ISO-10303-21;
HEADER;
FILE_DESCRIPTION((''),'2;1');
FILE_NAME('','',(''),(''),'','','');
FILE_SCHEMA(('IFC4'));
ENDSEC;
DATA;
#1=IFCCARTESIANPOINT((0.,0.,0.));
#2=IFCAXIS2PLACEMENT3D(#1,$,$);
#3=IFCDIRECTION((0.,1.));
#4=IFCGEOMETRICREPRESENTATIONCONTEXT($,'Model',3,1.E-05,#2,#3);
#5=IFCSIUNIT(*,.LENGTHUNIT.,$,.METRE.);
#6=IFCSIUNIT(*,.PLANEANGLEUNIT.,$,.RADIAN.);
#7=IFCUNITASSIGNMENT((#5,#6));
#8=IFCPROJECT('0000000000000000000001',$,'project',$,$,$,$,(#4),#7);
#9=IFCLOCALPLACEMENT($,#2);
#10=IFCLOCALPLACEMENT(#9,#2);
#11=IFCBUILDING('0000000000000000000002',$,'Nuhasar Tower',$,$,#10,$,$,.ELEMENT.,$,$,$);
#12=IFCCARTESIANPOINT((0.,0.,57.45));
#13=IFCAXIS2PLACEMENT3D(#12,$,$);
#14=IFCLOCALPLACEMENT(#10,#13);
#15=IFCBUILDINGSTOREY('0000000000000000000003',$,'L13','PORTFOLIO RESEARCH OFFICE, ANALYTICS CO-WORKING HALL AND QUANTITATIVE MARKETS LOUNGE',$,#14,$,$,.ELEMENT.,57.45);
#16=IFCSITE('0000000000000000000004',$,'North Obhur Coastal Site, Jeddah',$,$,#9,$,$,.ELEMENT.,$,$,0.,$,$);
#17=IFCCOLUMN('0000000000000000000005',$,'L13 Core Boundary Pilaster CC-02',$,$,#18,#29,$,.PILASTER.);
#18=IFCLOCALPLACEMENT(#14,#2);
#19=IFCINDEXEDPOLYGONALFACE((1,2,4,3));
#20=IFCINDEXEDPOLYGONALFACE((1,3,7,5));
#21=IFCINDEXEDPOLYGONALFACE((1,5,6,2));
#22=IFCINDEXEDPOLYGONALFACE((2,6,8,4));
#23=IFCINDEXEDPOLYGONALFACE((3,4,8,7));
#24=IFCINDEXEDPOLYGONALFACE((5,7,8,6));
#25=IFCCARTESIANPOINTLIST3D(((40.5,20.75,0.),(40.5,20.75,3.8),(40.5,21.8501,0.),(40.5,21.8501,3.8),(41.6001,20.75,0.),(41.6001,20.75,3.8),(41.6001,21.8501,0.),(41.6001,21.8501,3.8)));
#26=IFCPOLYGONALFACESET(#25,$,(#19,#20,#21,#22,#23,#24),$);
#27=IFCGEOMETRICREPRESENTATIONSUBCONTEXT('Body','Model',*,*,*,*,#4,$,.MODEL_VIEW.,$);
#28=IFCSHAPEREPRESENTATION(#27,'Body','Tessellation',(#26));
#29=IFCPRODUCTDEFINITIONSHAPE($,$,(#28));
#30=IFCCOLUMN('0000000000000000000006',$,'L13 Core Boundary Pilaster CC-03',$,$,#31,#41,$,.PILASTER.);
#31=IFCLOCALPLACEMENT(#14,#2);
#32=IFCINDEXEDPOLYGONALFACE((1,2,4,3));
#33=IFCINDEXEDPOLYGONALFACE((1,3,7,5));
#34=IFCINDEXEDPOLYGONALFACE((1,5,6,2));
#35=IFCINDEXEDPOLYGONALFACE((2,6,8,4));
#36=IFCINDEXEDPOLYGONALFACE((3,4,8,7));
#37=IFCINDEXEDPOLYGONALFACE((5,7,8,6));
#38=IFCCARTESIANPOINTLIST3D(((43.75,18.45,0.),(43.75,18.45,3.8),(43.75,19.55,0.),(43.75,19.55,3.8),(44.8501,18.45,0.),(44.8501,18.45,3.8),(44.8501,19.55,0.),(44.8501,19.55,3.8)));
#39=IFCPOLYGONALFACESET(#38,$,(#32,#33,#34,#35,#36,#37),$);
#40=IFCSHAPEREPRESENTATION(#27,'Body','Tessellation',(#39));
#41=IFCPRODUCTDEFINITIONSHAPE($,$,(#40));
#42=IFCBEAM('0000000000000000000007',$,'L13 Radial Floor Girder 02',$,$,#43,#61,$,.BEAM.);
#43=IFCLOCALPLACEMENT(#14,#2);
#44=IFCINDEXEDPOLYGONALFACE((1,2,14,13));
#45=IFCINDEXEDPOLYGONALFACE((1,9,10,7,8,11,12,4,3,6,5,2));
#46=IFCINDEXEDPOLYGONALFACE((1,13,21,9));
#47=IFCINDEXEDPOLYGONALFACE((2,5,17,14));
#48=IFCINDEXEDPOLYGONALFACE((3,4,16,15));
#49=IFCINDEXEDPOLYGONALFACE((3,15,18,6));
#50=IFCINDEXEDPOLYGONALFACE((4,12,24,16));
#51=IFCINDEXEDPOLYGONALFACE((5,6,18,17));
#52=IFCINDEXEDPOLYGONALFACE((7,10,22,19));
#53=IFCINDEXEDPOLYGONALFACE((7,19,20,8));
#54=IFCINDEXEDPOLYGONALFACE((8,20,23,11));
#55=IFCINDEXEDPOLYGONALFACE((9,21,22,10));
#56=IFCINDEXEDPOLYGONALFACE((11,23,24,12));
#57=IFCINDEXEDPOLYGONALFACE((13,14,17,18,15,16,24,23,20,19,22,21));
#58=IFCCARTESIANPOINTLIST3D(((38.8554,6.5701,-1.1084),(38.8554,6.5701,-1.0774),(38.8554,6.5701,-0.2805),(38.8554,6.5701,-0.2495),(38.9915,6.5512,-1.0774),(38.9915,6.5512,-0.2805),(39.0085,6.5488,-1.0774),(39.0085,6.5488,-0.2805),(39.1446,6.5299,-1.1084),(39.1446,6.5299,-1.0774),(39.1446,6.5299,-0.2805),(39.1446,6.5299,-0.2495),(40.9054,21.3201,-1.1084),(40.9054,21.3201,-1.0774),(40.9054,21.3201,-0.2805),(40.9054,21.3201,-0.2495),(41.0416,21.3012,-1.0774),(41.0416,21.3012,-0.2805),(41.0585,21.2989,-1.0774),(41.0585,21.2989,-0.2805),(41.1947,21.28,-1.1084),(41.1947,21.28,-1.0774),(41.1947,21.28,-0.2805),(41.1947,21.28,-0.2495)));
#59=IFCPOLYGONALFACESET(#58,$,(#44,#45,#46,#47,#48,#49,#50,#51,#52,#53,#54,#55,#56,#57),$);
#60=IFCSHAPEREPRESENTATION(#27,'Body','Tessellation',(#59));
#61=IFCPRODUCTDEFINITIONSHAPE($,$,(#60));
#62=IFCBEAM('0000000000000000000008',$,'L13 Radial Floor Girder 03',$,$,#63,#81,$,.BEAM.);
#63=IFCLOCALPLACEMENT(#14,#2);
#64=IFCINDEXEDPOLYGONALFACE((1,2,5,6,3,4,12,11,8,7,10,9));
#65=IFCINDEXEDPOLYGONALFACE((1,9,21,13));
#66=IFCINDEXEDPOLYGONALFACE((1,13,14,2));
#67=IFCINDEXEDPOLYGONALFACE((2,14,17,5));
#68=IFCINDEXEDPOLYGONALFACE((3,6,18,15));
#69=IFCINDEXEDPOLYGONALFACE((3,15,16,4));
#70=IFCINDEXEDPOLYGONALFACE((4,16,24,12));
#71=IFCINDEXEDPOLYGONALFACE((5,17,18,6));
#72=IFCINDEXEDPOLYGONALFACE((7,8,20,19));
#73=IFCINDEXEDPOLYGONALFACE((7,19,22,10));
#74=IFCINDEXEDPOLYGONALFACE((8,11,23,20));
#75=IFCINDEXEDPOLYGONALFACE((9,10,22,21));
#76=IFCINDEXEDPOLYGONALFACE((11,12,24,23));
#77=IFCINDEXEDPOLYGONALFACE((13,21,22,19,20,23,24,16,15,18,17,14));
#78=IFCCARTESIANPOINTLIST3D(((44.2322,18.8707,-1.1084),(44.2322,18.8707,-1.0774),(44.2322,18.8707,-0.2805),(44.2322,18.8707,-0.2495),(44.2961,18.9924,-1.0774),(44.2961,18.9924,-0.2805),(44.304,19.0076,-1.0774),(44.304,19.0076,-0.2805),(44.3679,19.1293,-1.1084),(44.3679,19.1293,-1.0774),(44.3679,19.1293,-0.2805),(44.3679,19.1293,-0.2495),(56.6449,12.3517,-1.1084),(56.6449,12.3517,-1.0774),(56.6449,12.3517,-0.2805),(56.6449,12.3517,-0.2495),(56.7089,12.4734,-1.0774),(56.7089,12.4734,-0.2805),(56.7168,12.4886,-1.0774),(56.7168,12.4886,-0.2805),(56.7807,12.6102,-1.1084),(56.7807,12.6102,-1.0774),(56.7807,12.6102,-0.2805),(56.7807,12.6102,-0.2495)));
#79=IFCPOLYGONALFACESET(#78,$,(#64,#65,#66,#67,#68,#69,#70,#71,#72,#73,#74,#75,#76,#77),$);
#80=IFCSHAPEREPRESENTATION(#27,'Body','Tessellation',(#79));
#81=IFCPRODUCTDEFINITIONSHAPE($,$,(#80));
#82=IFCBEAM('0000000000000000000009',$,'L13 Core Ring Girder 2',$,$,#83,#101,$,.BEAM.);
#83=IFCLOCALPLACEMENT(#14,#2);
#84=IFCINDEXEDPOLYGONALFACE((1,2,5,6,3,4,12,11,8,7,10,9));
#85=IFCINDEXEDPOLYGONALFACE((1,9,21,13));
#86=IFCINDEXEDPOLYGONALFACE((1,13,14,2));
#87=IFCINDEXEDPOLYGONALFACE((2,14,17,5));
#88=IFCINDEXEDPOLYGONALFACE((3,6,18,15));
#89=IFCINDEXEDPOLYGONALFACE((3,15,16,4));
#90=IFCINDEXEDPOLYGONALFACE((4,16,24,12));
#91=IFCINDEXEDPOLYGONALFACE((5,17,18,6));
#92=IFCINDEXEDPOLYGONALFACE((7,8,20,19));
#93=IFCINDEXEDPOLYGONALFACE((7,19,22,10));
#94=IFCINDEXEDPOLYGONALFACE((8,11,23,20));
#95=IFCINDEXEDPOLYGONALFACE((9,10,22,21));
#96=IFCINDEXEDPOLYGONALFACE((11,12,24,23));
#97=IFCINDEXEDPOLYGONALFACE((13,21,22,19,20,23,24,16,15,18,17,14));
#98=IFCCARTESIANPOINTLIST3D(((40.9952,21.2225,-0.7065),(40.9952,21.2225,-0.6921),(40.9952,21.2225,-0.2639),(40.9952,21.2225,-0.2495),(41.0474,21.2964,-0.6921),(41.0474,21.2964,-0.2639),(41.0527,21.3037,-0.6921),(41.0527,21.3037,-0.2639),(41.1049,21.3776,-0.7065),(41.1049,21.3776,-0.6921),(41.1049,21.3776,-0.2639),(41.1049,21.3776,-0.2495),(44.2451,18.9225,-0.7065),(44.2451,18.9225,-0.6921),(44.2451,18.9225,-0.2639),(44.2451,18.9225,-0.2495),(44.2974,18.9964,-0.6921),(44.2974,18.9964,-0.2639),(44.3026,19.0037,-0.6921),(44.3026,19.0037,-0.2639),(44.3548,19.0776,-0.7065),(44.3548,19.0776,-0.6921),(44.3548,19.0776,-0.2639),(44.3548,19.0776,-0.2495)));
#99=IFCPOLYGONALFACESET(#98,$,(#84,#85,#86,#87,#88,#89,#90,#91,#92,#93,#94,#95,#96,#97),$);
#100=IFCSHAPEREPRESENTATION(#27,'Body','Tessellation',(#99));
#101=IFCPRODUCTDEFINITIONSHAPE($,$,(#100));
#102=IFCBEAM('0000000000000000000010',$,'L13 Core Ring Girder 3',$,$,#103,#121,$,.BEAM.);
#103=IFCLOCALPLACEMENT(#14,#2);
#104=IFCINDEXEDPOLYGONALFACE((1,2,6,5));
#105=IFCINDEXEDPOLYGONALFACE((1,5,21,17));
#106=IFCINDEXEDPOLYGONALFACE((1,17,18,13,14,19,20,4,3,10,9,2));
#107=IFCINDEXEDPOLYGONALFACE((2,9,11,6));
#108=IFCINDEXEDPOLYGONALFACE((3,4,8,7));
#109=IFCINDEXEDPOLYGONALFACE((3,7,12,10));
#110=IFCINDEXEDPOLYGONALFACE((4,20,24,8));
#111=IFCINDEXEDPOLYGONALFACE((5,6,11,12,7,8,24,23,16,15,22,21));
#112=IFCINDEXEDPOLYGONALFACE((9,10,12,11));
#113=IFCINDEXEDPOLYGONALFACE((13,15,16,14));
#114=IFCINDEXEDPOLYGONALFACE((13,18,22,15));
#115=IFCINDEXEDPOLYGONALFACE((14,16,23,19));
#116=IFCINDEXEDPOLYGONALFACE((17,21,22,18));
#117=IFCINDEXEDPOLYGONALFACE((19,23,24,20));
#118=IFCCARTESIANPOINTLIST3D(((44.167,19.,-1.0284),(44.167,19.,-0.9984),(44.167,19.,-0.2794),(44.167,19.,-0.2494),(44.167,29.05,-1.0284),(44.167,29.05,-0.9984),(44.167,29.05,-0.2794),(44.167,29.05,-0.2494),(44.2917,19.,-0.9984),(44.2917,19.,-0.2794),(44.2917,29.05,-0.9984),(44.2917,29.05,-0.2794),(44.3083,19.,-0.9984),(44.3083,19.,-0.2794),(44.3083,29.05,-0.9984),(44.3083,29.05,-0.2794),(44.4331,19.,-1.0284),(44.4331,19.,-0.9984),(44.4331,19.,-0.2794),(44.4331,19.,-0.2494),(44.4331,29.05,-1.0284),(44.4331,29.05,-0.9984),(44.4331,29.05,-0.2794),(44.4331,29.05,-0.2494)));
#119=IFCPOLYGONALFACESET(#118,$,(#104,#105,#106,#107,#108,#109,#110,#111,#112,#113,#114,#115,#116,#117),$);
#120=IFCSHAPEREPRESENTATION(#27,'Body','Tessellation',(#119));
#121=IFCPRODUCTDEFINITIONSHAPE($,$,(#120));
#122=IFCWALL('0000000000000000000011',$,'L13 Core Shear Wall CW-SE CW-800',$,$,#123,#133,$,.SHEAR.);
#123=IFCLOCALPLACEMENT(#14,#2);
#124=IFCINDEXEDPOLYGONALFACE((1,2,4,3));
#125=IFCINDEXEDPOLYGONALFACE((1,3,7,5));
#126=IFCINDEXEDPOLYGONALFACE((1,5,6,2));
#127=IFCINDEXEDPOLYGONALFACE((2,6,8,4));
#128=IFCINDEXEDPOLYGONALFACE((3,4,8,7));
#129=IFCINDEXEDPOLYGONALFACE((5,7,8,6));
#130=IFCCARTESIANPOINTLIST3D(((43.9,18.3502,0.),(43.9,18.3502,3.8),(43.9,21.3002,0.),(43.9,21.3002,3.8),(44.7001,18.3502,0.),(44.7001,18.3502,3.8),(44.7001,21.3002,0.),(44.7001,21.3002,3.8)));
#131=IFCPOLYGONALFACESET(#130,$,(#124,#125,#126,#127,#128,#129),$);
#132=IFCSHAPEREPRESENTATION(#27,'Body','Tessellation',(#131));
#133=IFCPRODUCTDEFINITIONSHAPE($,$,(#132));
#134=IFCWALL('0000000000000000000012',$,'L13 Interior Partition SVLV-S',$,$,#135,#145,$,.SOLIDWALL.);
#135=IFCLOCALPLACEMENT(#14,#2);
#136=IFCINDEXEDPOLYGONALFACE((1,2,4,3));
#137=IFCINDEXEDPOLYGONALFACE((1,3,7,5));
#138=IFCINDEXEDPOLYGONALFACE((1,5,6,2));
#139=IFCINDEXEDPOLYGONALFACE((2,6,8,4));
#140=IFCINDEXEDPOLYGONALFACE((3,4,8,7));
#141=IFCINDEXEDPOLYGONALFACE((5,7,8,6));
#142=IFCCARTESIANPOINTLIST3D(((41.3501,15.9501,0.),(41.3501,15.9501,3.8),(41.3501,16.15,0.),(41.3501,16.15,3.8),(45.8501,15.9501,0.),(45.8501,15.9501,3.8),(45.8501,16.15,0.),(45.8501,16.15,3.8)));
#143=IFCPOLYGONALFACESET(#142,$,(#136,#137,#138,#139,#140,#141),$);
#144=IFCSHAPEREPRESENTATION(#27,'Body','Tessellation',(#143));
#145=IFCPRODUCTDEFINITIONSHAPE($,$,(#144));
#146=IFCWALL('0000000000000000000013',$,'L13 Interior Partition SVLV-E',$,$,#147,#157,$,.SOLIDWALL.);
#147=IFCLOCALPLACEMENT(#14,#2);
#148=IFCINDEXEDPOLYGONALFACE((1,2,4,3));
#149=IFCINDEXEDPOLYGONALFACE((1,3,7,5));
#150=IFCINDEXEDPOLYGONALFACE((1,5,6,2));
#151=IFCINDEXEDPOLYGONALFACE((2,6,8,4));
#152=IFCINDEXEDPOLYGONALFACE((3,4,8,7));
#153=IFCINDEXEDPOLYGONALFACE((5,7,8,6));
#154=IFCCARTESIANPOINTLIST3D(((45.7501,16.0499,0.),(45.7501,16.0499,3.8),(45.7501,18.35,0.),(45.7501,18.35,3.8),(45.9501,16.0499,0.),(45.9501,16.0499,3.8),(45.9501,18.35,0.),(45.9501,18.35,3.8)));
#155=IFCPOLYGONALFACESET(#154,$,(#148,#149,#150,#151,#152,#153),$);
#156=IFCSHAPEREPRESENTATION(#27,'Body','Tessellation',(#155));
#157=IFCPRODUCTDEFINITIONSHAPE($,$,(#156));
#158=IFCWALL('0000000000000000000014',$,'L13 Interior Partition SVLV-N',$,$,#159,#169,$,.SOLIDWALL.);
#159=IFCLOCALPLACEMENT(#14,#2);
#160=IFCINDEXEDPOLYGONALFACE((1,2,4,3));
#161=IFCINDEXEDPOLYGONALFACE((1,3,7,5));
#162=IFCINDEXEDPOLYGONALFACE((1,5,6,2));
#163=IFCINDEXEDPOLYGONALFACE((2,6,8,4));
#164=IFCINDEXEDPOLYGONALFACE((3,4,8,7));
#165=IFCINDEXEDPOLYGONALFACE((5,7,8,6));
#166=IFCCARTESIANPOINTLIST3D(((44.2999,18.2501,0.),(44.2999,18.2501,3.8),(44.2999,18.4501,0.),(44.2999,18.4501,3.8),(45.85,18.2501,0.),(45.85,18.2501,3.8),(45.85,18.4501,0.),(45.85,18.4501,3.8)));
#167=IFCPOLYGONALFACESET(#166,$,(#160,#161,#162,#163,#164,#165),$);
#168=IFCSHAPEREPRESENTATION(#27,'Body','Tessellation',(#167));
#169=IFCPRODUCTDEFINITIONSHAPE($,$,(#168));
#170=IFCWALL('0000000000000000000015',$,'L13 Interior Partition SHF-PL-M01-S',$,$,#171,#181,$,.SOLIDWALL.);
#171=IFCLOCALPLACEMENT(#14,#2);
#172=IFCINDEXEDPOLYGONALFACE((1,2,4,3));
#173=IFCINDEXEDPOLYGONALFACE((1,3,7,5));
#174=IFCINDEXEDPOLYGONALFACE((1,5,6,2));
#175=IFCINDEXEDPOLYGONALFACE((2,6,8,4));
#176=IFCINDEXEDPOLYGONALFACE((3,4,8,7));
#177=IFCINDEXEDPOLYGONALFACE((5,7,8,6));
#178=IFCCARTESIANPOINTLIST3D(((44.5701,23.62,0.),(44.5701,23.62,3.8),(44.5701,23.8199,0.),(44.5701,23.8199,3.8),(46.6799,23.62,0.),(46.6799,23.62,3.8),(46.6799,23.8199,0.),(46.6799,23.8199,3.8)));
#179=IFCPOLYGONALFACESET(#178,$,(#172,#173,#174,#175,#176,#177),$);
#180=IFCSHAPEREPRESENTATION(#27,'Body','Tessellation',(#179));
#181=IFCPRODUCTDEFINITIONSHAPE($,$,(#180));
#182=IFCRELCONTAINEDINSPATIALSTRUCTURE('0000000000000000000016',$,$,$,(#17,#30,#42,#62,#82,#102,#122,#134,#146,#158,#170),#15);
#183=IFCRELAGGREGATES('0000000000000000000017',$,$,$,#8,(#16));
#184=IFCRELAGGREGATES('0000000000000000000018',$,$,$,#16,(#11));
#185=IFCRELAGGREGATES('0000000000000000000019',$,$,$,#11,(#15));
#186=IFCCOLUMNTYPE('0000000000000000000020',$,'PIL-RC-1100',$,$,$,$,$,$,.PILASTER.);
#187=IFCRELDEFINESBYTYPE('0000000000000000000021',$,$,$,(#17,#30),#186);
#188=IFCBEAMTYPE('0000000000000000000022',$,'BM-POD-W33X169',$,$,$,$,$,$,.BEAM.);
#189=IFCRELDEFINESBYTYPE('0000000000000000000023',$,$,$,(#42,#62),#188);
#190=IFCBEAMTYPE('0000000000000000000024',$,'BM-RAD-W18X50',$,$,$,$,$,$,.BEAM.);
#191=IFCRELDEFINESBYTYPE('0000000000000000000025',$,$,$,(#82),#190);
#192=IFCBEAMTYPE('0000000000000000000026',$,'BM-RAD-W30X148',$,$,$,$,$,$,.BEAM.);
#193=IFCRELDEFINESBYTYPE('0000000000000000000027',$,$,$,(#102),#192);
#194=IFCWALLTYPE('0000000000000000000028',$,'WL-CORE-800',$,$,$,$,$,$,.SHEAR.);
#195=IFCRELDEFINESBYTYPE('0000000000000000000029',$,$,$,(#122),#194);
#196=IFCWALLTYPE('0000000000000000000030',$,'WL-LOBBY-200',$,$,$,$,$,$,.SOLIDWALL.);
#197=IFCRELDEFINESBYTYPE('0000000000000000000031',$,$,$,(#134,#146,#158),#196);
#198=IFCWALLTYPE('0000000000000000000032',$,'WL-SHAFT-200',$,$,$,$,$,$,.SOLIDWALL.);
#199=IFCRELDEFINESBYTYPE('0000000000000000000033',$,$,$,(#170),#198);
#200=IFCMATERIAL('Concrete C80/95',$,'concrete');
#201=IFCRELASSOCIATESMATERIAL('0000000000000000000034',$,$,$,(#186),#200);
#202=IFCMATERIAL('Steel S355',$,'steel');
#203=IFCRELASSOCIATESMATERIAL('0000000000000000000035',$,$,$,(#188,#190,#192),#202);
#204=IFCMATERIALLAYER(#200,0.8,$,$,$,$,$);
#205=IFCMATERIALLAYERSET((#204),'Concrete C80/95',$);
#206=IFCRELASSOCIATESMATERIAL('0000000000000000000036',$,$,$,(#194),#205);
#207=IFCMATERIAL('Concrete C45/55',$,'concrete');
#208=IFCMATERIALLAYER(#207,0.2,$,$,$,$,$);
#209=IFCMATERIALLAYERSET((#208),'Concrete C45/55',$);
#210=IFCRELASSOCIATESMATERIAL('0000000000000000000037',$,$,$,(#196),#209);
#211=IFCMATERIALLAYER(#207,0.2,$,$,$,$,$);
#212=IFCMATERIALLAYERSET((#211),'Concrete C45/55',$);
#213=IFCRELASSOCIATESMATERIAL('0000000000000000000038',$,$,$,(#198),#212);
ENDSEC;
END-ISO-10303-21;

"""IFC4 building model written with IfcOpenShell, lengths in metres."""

from ifc_helpers import new_model, si_unit, direction, frame, frame_2d, origin, origin_2d, place, context, subcontext, project, spatial, rectangle, i_section, extrude, material, layer, layer_set, material_profile, profile_set, type_object, element, save


model = new_model("IFC4")

# Units and contexts
model_context = context("Model", 3, precision=1e-05, world=origin(), true_north=direction((0.0, 1.0)))
body_context = subcontext(model_context, "Body", "Model", "MODEL_VIEW")
ifc_project = project(units=[si_unit("LENGTHUNIT", "METRE"), si_unit("PLANEANGLEUNIT", "RADIAN")], contexts=[model_context])

# Site, building, storey
site_placement = place(None, origin())
site = spatial("IfcSite", under=ifc_project, at=site_placement, Name="North Obhur Coastal Site, Jeddah", CompositionType="ELEMENT", RefElevation=0.0)
building_placement = place(site_placement, origin())
building = spatial("IfcBuilding", under=site, at=building_placement, Name="Nuhasar Tower", CompositionType="ELEMENT")
storey_placement = place(building_placement, frame((0.0, 0.0, 57.45)))
storey = spatial("IfcBuildingStorey", under=building, at=storey_placement, Name="L13", Description="PORTFOLIO RESEARCH OFFICE, ANALYTICS CO-WORKING HALL AND QUANTITATIVE MARKETS LOUNGE", CompositionType="ELEMENT", Elevation=57.45)

# Columns
ifc_material_1 = material(Name="Concrete C80/95", Category="concrete")
ifc_material_profile_1 = material_profile(ifc_material_1, rectangle(XDim=1.1001, YDim=1.1001, at=origin_2d()), Name="RC1100X1100")
ifc_profile_set_1 = profile_set([ifc_material_profile_1], Name="Concrete C80/95")
column_type = type_object("IfcColumnType", Name="PIL-RC-1100", PredefinedType="PILASTER", material=ifc_profile_set_1)
for number, where, z_axis, x_axis, name in (
    (1, (41.05, 21.3, 0.0), (0.0, 0.0, 1.0), (1.0, 0.0, 0.0), "L13 Core Boundary Pilaster CC-02"),
    (2, (44.3, 19.0, 0.0), (0.0, 0.0, 1.0), (1.0, 0.0, 0.0), "L13 Core Boundary Pilaster CC-03"),
):
    element("IfcColumn", number, at=place(storey_placement, frame(where, z_axis=z_axis, x_axis=x_axis)), inside=storey, type_object=column_type, Name=name, PredefinedType="PILASTER", context=body_context, shape_type="SweptSolid", body=[
        extrude(rectangle(XDim=1.1001, YDim=1.1001, at=origin_2d()), origin(), (0.0, 0.0, 1.0), 3.8),
    ])

# Beams
ifc_material_2 = material(Name="Steel S355", Category="steel")
ifc_material_profile_2 = material_profile(ifc_material_2, i_section(OverallWidth=0.292, OverallDepth=0.8589, WebThickness=0.0171, FlangeThickness=0.031, at=origin_2d()), Name="W33X169")
ifc_profile_set_2 = profile_set([ifc_material_profile_2], Name="Steel S355")
beam_type_1 = type_object("IfcBeamType", Name="BM-POD-W33X169", PredefinedType="BEAM", material=ifc_profile_set_2)
beam_1_placement = place(storey_placement, frame((41.05, 21.3, -0.679), z_axis=(-0.137663, -0.990479, 0.0), x_axis=(0.990479, -0.137663, 0.0)))
element("IfcBeam", 3, at=beam_1_placement, inside=storey, type_object=beam_type_1, Name="L13 Radial Floor Girder 02", PredefinedType="BEAM", context=body_context, shape_type="SweptSolid", body=[
    extrude(i_section(OverallWidth=0.292, OverallDepth=0.8589, WebThickness=0.0171, FlangeThickness=0.031, at=origin_2d()), origin(), (0.0, 0.0, 1.0), 14.8918),
])
beam_2_placement = place(storey_placement, frame((44.3, 19.0, -0.679), z_axis=(0.88533, -0.464963, 0.0), x_axis=(0.464963, 0.88533, 0.0)))
element("IfcBeam", 4, at=beam_2_placement, inside=storey, type_object=beam_type_1, Name="L13 Radial Floor Girder 03", PredefinedType="BEAM", context=body_context, shape_type="SweptSolid", body=[
    extrude(i_section(OverallWidth=0.292, OverallDepth=0.8589, WebThickness=0.0171, FlangeThickness=0.031, at=origin_2d()), origin(), (0.0, 0.0, 1.0), 14.0205),
])
ifc_material_profile_3 = material_profile(ifc_material_2, i_section(OverallWidth=0.1899, OverallDepth=0.457, WebThickness=0.009, FlangeThickness=0.0144, at=origin_2d()), Name="W18X50")
ifc_profile_set_3 = profile_set([ifc_material_profile_3], Name="Steel S355")
beam_type_2 = type_object("IfcBeamType", Name="BM-RAD-W18X50", PredefinedType="BEAM", material=ifc_profile_set_3)
beam_3_placement = place(storey_placement, frame((41.05, 21.3, -0.478), z_axis=(0.816265, -0.577677, 0.0), x_axis=(0.577677, 0.816265, 0.0)))
element("IfcBeam", 5, at=beam_3_placement, inside=storey, type_object=beam_type_2, Name="L13 Core Ring Girder 2", PredefinedType="BEAM", context=body_context, shape_type="SweptSolid", body=[
    extrude(i_section(OverallWidth=0.1899, OverallDepth=0.457, WebThickness=0.009, FlangeThickness=0.0144, at=origin_2d()), origin(), (0.0, 0.0, 1.0), 3.9814),
])
ifc_material_profile_4 = material_profile(ifc_material_2, i_section(OverallWidth=0.2661, OverallDepth=0.7791, WebThickness=0.0166, FlangeThickness=0.03, at=origin_2d()), Name="W30X148")
ifc_profile_set_4 = profile_set([ifc_material_profile_4], Name="Steel S355")
beam_type_3 = type_object("IfcBeamType", Name="BM-RAD-W30X148", PredefinedType="BEAM", material=ifc_profile_set_4)
beam_4_placement = place(storey_placement, frame((44.3, 19.0, -0.6389), z_axis=(0.0, 1.0, 0.0), x_axis=(-1.0, 0.0, 0.0)))
element("IfcBeam", 6, at=beam_4_placement, inside=storey, type_object=beam_type_3, Name="L13 Core Ring Girder 3", PredefinedType="BEAM", context=body_context, shape_type="SweptSolid", body=[
    extrude(i_section(OverallWidth=0.2661, OverallDepth=0.7791, WebThickness=0.0166, FlangeThickness=0.03, at=origin_2d()), origin(), (0.0, 0.0, 1.0), 10.05),
])

# Wall
ifc_layer_1 = layer(ifc_material_1, 0.8)
ifc_layer_set_1 = layer_set([ifc_layer_1], Name="Concrete C80/95")
wall_type_1 = type_object("IfcWallType", Name="WL-CORE-800", PredefinedType="SHEAR", material=ifc_layer_set_1)
wall_1_placement = place(storey_placement, frame((44.3, 18.3501, 0.0), z_axis=(0.0, 0.0, 1.0), x_axis=(0.0, 1.0, 0.0)))
element("IfcWall", 7, at=wall_1_placement, inside=storey, type_object=wall_type_1, Name="L13 Core Shear Wall CW-SE CW-800", PredefinedType="SHEAR", context=body_context, shape_type="SweptSolid", body=[
    extrude(rectangle(XDim=2.95, YDim=0.8, at=frame_2d((1.4751, 0.0))), origin(), (0.0, 0.0, 1.0), 3.8),
])

# Shared definitions
ifc_material_3 = material(Name="Concrete C45/55", Category="concrete")
ifc_layer_2 = layer(ifc_material_3, 0.2)
ifc_layer_set_2 = layer_set([ifc_layer_2], Name="Concrete C45/55")
wall_type_2 = type_object("IfcWallType", Name="WL-LOBBY-200", PredefinedType="SOLIDWALL", material=ifc_layer_set_2)

# Walls
wall_2_placement = place(storey_placement, frame((41.3501, 16.05, 0.0), z_axis=(0.0, 0.0, 1.0), x_axis=(1.0, 0.0, 0.0)))
element("IfcWall", 8, at=wall_2_placement, inside=storey, type_object=wall_type_2, Name="L13 Interior Partition SVLV-S", PredefinedType="SOLIDWALL", context=body_context, shape_type="SweptSolid", body=[
    extrude(rectangle(XDim=4.5, YDim=0.2, at=frame_2d((2.25, 0.0))), origin(), (0.0, 0.0, 1.0), 3.8),
])
wall_3_placement = place(storey_placement, frame((45.8501, 16.05, 0.0), z_axis=(0.0, 0.0, 1.0), x_axis=(0.0, 1.0, 0.0)))
element("IfcWall", 9, at=wall_3_placement, inside=storey, type_object=wall_type_2, Name="L13 Interior Partition SVLV-E", PredefinedType="SOLIDWALL", context=body_context, shape_type="SweptSolid", body=[
    extrude(rectangle(XDim=2.3, YDim=0.2, at=frame_2d((1.1499, 0.0))), origin(), (0.0, 0.0, 1.0), 3.8),
])
wall_4_placement = place(storey_placement, frame((44.3, 18.3501, 0.0), z_axis=(0.0, 0.0, 1.0), x_axis=(1.0, 0.0, 0.0)))
element("IfcWall", 10, at=wall_4_placement, inside=storey, type_object=wall_type_2, Name="L13 Interior Partition SVLV-N", PredefinedType="SOLIDWALL", context=body_context, shape_type="SweptSolid", body=[
    extrude(rectangle(XDim=1.55, YDim=0.2, at=frame_2d((0.7749, 0.0))), origin(), (0.0, 0.0, 1.0), 3.8),
])
ifc_layer_3 = layer(ifc_material_3, 0.2)
ifc_layer_set_3 = layer_set([ifc_layer_3], Name="Concrete C45/55")
wall_type_3 = type_object("IfcWallType", Name="WL-SHAFT-200", PredefinedType="SOLIDWALL", material=ifc_layer_set_3)
for number, where, z_axis, x_axis, name in (
    (11, (44.5701, 23.72, 0.0), (0.0, 0.0, 1.0), (1.0, 0.0, 0.0), "L13 Interior Partition SHF-PL-M01-S"),
):
    element("IfcWall", number, at=place(storey_placement, frame(where, z_axis=z_axis, x_axis=x_axis)), inside=storey, type_object=wall_type_3, Name=name, PredefinedType="SOLIDWALL", context=body_context, shape_type="SweptSolid", body=[
        extrude(rectangle(XDim=2.1099, YDim=0.2, at=frame_2d((1.0549, 0.0))), origin(), (0.0, 0.0, 1.0), 3.8),
    ])

save(model, "model.ifc")
